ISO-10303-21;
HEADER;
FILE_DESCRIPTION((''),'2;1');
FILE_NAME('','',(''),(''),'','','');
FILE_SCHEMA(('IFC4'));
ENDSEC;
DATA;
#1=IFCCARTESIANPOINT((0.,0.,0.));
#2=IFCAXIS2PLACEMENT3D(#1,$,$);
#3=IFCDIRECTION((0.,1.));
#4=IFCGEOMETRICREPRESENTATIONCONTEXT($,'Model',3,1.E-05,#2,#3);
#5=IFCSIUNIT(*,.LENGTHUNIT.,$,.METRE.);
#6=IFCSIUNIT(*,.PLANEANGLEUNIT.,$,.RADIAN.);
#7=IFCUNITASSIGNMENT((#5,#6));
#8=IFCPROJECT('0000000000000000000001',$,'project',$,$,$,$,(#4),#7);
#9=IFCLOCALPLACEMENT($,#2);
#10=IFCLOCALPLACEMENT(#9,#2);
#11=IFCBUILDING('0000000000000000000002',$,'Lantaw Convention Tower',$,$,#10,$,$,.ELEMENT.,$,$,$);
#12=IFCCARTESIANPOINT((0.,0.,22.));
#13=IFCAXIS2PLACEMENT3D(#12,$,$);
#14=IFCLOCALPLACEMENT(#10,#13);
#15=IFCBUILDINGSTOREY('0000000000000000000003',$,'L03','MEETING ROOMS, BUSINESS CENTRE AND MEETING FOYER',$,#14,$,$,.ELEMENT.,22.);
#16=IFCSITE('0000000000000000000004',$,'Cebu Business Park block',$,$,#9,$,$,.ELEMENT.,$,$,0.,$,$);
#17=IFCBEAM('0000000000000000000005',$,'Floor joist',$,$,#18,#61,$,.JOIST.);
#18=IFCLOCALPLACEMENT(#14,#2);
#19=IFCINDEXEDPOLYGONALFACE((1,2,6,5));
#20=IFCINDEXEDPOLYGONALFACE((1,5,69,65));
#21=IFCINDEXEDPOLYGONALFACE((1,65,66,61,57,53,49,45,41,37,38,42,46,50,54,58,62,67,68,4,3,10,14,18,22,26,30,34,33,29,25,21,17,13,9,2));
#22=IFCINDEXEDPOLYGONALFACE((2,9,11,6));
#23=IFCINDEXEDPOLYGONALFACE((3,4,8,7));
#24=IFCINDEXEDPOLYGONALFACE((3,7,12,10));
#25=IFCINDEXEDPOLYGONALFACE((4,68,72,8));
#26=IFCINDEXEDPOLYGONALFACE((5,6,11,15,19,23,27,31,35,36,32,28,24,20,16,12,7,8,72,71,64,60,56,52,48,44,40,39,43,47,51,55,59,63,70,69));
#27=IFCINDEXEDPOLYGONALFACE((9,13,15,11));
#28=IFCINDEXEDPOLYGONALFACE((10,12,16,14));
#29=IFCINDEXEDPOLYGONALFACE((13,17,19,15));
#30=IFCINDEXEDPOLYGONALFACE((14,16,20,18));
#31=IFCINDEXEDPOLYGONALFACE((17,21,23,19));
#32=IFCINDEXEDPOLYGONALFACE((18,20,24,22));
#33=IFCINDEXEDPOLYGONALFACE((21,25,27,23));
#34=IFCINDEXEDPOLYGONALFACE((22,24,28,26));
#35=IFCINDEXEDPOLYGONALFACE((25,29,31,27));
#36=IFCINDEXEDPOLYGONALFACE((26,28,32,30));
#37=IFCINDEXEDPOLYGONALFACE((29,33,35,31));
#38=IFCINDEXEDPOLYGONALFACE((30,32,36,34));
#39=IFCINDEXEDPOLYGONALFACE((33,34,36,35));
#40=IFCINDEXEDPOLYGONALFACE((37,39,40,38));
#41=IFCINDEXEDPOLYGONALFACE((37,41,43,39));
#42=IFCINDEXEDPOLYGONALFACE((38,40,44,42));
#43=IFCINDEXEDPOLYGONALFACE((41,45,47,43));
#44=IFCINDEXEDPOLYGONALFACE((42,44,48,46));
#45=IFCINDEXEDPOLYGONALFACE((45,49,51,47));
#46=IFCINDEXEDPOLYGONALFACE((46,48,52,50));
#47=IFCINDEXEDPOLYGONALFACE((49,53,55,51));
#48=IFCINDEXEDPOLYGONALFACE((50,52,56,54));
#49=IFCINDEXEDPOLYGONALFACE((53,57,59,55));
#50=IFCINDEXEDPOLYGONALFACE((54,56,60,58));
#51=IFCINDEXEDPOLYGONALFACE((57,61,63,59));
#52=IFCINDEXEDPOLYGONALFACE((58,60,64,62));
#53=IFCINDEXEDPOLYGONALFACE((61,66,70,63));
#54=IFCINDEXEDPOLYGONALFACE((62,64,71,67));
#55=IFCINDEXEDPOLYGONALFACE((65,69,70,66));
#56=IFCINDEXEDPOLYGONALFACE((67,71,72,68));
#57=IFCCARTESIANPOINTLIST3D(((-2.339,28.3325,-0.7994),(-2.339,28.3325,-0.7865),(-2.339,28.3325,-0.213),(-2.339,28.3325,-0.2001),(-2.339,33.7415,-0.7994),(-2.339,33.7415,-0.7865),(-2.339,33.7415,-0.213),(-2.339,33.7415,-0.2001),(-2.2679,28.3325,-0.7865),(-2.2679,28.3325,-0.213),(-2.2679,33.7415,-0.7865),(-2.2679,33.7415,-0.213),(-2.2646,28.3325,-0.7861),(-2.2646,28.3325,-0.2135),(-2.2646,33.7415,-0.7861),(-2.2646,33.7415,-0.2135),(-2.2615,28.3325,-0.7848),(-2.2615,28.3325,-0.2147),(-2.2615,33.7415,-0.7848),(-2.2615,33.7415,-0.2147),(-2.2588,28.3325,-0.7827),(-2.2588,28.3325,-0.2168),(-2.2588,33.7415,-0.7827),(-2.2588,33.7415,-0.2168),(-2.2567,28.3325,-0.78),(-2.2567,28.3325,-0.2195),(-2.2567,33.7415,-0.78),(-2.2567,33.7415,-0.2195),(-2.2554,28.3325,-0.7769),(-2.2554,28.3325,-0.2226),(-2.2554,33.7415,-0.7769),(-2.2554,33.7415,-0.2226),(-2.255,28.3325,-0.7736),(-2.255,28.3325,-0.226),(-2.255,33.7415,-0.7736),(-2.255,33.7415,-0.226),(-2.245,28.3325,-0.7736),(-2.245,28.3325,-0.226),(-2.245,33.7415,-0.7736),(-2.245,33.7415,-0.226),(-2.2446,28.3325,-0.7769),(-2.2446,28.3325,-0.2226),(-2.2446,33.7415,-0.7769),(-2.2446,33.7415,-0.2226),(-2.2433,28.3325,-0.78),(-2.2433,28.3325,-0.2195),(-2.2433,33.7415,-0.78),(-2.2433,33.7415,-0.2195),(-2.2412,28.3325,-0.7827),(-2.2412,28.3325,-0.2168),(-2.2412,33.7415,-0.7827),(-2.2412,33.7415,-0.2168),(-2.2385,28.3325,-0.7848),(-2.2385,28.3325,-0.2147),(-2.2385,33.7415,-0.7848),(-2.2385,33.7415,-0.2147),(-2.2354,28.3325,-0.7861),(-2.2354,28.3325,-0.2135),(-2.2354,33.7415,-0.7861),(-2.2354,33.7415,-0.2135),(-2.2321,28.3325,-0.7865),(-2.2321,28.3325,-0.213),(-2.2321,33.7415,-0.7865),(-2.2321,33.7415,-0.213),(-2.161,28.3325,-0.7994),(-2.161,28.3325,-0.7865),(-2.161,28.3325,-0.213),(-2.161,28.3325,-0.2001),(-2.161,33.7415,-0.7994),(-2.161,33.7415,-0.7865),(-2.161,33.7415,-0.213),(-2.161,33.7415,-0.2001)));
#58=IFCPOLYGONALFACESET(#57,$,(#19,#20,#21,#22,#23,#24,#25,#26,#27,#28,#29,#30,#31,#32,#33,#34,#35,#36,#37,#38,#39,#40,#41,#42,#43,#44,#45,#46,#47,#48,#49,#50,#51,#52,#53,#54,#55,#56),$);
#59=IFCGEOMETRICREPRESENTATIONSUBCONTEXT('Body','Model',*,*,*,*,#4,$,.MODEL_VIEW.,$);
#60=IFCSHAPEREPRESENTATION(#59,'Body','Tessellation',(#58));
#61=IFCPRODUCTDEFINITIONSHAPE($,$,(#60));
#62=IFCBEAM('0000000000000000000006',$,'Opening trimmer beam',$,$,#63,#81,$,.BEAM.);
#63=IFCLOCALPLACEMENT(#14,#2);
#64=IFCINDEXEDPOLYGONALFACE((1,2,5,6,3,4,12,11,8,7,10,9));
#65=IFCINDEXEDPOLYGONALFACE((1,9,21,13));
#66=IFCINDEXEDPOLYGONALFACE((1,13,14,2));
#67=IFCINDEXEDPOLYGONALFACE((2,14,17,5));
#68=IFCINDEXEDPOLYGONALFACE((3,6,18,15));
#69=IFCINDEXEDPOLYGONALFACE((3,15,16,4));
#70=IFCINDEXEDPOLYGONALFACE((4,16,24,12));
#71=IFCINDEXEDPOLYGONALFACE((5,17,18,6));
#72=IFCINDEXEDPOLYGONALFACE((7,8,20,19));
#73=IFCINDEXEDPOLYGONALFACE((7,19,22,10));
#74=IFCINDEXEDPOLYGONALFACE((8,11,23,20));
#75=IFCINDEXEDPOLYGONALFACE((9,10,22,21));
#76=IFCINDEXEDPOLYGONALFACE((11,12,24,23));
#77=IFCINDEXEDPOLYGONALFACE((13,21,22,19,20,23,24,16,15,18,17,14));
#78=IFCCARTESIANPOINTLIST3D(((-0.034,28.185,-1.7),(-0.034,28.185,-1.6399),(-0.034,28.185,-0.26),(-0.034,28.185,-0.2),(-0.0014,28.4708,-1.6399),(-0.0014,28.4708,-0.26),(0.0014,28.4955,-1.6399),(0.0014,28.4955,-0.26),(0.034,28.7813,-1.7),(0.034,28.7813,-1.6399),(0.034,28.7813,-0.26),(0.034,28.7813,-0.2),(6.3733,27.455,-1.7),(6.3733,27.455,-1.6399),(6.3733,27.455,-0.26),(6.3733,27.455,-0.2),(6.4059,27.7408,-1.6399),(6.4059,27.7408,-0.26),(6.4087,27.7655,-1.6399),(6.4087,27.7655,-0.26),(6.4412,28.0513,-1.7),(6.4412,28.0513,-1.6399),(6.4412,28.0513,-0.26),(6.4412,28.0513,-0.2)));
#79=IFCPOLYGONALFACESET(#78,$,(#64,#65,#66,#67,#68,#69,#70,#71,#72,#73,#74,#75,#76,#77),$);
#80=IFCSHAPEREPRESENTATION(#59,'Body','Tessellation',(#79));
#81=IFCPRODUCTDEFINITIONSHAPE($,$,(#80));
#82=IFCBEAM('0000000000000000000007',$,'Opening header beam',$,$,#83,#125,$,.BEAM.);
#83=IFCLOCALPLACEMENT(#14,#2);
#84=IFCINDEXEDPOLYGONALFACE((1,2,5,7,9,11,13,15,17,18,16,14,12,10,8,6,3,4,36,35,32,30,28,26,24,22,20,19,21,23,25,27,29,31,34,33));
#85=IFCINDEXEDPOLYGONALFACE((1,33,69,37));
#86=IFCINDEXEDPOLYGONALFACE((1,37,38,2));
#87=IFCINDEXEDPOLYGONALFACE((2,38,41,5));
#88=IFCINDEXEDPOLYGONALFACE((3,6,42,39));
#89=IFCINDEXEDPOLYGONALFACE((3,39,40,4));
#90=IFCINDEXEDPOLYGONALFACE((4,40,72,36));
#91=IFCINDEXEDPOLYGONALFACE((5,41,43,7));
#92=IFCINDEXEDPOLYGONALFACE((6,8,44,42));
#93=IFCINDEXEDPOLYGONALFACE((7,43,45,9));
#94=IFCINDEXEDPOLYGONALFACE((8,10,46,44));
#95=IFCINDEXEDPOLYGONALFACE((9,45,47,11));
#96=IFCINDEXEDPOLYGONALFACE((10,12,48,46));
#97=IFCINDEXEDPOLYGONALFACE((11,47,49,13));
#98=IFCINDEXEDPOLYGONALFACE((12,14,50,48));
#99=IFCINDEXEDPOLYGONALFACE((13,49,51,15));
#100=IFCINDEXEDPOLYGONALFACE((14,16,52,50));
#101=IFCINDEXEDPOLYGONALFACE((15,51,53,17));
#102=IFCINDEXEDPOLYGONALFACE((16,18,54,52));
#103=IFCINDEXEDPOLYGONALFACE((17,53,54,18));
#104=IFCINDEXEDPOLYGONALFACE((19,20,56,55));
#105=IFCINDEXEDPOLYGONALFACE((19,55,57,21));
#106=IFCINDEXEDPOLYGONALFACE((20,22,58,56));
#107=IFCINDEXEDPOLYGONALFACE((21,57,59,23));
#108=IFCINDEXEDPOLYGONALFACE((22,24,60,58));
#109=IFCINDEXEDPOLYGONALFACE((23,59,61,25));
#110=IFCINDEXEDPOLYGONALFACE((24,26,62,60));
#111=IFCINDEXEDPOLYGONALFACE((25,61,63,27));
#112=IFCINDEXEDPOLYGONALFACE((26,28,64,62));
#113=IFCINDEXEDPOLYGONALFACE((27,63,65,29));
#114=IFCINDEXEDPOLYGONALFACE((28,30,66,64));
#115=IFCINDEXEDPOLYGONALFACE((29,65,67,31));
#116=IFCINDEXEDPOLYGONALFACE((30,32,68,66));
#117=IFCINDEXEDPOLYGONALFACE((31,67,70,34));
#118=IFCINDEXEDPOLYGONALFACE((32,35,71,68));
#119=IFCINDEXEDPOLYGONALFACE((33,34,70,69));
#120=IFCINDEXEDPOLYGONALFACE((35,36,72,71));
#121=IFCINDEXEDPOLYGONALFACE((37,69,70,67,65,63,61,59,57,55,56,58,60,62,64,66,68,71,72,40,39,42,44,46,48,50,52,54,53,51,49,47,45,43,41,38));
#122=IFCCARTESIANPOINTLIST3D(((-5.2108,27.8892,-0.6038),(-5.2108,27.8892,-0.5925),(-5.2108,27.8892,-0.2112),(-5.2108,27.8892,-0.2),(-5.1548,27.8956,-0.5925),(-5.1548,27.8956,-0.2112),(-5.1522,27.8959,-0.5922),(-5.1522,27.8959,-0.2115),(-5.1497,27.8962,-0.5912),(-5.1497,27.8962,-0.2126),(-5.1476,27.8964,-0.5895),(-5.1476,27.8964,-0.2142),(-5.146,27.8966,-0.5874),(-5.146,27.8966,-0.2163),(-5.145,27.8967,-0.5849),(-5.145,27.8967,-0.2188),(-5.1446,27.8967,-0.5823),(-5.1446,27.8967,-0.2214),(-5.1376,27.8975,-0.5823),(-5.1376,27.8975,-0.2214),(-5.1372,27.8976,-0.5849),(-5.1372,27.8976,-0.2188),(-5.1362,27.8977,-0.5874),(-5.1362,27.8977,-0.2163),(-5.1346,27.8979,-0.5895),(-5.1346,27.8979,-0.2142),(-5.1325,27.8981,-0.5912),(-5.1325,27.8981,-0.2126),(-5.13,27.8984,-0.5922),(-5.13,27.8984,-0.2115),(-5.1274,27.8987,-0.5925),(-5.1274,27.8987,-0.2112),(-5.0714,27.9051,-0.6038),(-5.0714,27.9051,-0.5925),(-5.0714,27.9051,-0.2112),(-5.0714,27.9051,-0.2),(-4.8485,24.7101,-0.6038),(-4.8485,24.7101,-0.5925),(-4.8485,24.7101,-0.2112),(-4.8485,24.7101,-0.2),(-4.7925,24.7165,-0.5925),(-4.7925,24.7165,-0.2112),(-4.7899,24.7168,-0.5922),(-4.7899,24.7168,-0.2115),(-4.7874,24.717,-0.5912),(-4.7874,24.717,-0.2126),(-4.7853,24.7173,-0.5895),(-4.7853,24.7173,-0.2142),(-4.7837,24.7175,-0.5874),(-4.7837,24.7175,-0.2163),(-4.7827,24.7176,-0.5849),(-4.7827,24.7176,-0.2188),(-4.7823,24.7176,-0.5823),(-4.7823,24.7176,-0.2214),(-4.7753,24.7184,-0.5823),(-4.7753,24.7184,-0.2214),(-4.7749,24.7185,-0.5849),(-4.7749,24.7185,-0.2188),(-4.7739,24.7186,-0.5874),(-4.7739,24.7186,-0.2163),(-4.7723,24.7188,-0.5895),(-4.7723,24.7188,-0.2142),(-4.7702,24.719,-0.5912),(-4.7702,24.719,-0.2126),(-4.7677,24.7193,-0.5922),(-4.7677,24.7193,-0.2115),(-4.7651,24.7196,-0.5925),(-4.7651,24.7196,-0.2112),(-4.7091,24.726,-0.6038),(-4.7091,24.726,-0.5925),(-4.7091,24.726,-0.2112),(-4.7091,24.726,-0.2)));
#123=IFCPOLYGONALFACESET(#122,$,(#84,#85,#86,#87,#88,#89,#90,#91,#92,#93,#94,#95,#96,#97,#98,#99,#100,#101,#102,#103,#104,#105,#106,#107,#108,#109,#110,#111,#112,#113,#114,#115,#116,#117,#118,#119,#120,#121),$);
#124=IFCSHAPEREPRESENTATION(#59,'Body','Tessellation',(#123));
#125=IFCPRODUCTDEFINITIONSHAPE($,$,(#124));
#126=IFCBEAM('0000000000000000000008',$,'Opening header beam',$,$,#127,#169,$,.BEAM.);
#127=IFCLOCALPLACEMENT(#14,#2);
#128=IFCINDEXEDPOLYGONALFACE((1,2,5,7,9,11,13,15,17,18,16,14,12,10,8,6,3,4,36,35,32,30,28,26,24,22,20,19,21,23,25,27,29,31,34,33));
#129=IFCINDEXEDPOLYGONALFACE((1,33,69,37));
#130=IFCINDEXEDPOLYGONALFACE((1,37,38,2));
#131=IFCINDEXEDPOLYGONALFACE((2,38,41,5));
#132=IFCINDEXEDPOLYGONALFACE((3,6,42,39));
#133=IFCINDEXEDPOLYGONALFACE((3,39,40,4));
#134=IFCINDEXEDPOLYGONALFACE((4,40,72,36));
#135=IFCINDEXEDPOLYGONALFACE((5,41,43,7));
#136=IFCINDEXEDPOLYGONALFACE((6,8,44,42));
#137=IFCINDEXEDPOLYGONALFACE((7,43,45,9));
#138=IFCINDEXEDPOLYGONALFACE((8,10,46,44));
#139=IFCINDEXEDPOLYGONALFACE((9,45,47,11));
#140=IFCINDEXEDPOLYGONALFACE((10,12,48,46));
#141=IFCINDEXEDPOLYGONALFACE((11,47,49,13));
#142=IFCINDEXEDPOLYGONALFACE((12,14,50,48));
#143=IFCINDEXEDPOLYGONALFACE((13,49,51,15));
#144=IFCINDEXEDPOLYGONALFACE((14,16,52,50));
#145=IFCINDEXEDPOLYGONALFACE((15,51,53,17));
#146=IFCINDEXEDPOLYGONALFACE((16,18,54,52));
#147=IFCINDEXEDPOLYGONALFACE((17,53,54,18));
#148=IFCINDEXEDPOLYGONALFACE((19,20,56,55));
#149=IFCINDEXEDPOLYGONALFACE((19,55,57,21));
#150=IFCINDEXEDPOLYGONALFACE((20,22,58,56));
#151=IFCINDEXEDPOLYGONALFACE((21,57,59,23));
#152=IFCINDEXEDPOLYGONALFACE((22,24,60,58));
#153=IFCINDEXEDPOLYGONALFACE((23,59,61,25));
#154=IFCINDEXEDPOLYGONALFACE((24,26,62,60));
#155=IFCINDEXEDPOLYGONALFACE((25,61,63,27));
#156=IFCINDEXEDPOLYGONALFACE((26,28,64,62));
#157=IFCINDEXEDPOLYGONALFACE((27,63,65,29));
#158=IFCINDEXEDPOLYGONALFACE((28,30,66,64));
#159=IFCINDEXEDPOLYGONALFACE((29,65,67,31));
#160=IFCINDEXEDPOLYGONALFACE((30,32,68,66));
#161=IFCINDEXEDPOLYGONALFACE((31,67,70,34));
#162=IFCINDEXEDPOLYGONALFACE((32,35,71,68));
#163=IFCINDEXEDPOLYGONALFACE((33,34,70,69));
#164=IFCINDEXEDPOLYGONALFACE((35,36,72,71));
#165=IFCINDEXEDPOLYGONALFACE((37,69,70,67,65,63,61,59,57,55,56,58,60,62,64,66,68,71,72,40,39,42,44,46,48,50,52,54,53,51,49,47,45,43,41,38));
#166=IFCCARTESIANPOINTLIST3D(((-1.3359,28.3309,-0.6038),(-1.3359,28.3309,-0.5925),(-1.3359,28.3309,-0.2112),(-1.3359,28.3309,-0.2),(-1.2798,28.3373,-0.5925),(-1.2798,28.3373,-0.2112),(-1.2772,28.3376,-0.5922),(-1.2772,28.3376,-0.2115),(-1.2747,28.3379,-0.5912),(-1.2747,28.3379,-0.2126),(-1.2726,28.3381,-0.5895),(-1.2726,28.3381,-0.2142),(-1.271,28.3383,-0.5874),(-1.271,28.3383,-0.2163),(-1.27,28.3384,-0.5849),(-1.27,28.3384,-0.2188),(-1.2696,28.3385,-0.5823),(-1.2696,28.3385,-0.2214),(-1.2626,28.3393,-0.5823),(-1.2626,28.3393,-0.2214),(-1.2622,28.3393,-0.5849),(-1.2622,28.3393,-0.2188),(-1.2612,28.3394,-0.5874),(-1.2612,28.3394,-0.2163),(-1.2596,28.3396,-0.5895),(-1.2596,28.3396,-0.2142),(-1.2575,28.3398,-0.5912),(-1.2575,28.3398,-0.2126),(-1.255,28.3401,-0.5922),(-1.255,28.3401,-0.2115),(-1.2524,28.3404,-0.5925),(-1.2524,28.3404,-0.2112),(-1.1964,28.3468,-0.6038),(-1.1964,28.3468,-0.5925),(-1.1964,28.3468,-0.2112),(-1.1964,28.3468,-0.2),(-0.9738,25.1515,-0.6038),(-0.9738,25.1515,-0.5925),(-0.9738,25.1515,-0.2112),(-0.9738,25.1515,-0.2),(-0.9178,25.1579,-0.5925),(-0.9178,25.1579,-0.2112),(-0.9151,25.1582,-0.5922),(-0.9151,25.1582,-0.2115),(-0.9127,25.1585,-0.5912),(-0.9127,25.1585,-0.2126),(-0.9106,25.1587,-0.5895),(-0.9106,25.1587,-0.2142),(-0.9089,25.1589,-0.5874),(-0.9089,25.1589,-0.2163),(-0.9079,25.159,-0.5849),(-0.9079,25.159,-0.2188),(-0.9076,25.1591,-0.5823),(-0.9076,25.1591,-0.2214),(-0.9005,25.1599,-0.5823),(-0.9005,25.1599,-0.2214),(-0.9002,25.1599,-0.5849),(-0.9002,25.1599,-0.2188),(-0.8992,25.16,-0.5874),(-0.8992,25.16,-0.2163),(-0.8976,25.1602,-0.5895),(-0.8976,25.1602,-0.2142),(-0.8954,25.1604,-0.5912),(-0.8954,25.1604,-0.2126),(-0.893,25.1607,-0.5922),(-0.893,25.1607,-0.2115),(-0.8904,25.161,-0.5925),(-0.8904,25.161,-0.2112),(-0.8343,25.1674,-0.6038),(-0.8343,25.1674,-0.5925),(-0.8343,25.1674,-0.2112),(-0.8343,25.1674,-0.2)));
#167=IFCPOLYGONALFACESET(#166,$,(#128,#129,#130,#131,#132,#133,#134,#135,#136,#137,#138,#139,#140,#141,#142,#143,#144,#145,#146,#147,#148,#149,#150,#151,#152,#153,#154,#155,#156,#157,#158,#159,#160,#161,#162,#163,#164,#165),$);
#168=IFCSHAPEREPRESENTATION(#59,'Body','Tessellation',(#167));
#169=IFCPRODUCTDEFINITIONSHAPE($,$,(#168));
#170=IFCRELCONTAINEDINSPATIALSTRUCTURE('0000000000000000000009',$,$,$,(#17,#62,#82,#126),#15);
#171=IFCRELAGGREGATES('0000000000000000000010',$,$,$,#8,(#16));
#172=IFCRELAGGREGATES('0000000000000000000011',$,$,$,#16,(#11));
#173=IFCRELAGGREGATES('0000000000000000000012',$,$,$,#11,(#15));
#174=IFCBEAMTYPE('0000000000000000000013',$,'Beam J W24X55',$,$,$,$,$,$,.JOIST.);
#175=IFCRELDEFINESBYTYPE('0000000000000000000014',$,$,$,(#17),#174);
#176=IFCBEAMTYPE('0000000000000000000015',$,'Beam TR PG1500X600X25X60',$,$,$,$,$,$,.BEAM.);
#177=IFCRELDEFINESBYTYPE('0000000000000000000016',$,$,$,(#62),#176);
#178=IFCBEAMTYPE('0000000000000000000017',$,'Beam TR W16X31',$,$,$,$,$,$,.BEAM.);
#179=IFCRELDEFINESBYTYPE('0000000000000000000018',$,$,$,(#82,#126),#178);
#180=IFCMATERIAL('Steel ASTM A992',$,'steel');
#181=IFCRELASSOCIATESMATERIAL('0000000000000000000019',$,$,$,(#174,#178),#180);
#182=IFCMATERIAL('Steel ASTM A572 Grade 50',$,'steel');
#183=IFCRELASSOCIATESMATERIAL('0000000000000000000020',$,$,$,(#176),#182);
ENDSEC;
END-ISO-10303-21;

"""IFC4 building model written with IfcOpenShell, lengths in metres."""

from ifc_helpers import new_model, si_unit, direction, frame, origin, origin_2d, place, context, subcontext, project, spatial, i_section, extrude, material, material_profile, profile_set, type_object, element, save


model = new_model("IFC4")

# Units and contexts
model_context = context("Model", 3, precision=1e-05, world=origin(), true_north=direction((0.0, 1.0)))
body_context = subcontext(model_context, "Body", "Model", "MODEL_VIEW")
ifc_project = project(units=[si_unit("LENGTHUNIT", "METRE"), si_unit("PLANEANGLEUNIT", "RADIAN")], contexts=[model_context])

# Site, building, storey
site_placement = place(None, origin())
site = spatial("IfcSite", under=ifc_project, at=site_placement, Name="Cebu Business Park block", CompositionType="ELEMENT", RefElevation=0.0)
building_placement = place(site_placement, origin())
building = spatial("IfcBuilding", under=site, at=building_placement, Name="Lantaw Convention Tower", CompositionType="ELEMENT")
storey_placement = place(building_placement, frame((0.0, 0.0, 22.0)))
storey = spatial("IfcBuildingStorey", under=building, at=storey_placement, Name="L03", Description="MEETING ROOMS, BUSINESS CENTRE AND MEETING FOYER", CompositionType="ELEMENT", Elevation=22.0)

# Shared definitions
ifc_material_1 = material(Name="Steel ASTM A572 Grade 50", Category="steel")

# Beams
ifc_material_2 = material(Name="Steel ASTM A992", Category="steel")
ifc_material_profile_1 = material_profile(ifc_material_2, i_section(OverallWidth=0.178, OverallDepth=0.5994, WebThickness=0.01, FlangeThickness=0.0129, FilletRadius=0.0129, at=origin_2d()), Name="W24X55")
ifc_profile_set_1 = profile_set([ifc_material_profile_1], Name="Steel ASTM A992")
beam_type_1 = type_object("IfcBeamType", Name="Beam J W24X55", PredefinedType="JOIST", material=ifc_profile_set_1)
beam_1_placement = place(storey_placement, frame((-2.25, 28.3325, -0.4998), z_axis=(0.0, 1.0, 0.0), x_axis=(-1.0, 0.0, 0.0)))
element("IfcBeam", 1, at=beam_1_placement, inside=storey, type_object=beam_type_1, Name="Floor joist", PredefinedType="JOIST", context=body_context, shape_type="SweptSolid", body=[
    extrude(i_section(OverallWidth=0.178, OverallDepth=0.5994, WebThickness=0.01, FlangeThickness=0.0129, FilletRadius=0.0129, at=origin_2d()), origin(), (0.0, 0.0, 1.0), 5.4089),
])
ifc_material_profile_2 = material_profile(ifc_material_1, i_section(OverallWidth=0.6001, OverallDepth=1.5, WebThickness=0.0249, FlangeThickness=0.0601, at=origin_2d()), Name="PG1500X600X25X60")
ifc_profile_set_2 = profile_set([ifc_material_profile_2], Name="Steel ASTM A572 Grade 50")
beam_type_2 = type_object("IfcBeamType", Name="Beam TR PG1500X600X25X60", PredefinedType="BEAM", material=ifc_profile_set_2)
beam_2_placement = place(storey_placement, frame((0.0, 28.4832, -0.95), z_axis=(0.993572, -0.113199, 0.0), x_axis=(0.113199, 0.993572, 0.0)))
element("IfcBeam", 2, at=beam_2_placement, inside=storey, type_object=beam_type_2, Name="Opening trimmer beam", PredefinedType="BEAM", context=body_context, shape_type="SweptSolid", body=[
    extrude(i_section(OverallWidth=0.6001, OverallDepth=1.5, WebThickness=0.0249, FlangeThickness=0.0601, at=origin_2d()), origin(), (0.0, 0.0, 1.0), 6.4487),
])
ifc_material_profile_3 = material_profile(ifc_material_2, i_section(OverallWidth=0.1404, OverallDepth=0.4038, WebThickness=0.0071, FlangeThickness=0.0112, FilletRadius=0.0103, at=origin_2d()), Name="W16X31")
ifc_profile_set_3 = profile_set([ifc_material_profile_3], Name="Steel ASTM A992")
beam_type_3 = type_object("IfcBeamType", Name="Beam TR W16X31", PredefinedType="BEAM", material=ifc_profile_set_3)
beam_3_placement = place(storey_placement, frame((-4.7788, 24.718, -0.4019), z_axis=(-0.113228, 0.993569, 0.0), x_axis=(-0.993569, -0.113228, 0.0)))
element("IfcBeam", 3, at=beam_3_placement, inside=storey, type_object=beam_type_3, Name="Opening header beam", PredefinedType="BEAM", context=body_context, shape_type="SweptSolid", body=[
    extrude(i_section(OverallWidth=0.1404, OverallDepth=0.4038, WebThickness=0.0071, FlangeThickness=0.0112, FilletRadius=0.0103, at=origin_2d()), origin(), (0.0, 0.0, 1.0), 3.1997),
])
beam_4_placement = place(storey_placement, frame((-1.2661, 28.3389, -0.4019), z_axis=(0.113144, -0.993579, 0.0), x_axis=(0.993579, 0.113144, 0.0)))
element("IfcBeam", 4, at=beam_4_placement, inside=storey, type_object=beam_type_3, Name="Opening header beam", PredefinedType="BEAM", context=body_context, shape_type="SweptSolid", body=[
    extrude(i_section(OverallWidth=0.1404, OverallDepth=0.4038, WebThickness=0.0071, FlangeThickness=0.0112, FilletRadius=0.0103, at=origin_2d()), origin(), (0.0, 0.0, 1.0), 3.2),
])

save(model, "model.ifc")
